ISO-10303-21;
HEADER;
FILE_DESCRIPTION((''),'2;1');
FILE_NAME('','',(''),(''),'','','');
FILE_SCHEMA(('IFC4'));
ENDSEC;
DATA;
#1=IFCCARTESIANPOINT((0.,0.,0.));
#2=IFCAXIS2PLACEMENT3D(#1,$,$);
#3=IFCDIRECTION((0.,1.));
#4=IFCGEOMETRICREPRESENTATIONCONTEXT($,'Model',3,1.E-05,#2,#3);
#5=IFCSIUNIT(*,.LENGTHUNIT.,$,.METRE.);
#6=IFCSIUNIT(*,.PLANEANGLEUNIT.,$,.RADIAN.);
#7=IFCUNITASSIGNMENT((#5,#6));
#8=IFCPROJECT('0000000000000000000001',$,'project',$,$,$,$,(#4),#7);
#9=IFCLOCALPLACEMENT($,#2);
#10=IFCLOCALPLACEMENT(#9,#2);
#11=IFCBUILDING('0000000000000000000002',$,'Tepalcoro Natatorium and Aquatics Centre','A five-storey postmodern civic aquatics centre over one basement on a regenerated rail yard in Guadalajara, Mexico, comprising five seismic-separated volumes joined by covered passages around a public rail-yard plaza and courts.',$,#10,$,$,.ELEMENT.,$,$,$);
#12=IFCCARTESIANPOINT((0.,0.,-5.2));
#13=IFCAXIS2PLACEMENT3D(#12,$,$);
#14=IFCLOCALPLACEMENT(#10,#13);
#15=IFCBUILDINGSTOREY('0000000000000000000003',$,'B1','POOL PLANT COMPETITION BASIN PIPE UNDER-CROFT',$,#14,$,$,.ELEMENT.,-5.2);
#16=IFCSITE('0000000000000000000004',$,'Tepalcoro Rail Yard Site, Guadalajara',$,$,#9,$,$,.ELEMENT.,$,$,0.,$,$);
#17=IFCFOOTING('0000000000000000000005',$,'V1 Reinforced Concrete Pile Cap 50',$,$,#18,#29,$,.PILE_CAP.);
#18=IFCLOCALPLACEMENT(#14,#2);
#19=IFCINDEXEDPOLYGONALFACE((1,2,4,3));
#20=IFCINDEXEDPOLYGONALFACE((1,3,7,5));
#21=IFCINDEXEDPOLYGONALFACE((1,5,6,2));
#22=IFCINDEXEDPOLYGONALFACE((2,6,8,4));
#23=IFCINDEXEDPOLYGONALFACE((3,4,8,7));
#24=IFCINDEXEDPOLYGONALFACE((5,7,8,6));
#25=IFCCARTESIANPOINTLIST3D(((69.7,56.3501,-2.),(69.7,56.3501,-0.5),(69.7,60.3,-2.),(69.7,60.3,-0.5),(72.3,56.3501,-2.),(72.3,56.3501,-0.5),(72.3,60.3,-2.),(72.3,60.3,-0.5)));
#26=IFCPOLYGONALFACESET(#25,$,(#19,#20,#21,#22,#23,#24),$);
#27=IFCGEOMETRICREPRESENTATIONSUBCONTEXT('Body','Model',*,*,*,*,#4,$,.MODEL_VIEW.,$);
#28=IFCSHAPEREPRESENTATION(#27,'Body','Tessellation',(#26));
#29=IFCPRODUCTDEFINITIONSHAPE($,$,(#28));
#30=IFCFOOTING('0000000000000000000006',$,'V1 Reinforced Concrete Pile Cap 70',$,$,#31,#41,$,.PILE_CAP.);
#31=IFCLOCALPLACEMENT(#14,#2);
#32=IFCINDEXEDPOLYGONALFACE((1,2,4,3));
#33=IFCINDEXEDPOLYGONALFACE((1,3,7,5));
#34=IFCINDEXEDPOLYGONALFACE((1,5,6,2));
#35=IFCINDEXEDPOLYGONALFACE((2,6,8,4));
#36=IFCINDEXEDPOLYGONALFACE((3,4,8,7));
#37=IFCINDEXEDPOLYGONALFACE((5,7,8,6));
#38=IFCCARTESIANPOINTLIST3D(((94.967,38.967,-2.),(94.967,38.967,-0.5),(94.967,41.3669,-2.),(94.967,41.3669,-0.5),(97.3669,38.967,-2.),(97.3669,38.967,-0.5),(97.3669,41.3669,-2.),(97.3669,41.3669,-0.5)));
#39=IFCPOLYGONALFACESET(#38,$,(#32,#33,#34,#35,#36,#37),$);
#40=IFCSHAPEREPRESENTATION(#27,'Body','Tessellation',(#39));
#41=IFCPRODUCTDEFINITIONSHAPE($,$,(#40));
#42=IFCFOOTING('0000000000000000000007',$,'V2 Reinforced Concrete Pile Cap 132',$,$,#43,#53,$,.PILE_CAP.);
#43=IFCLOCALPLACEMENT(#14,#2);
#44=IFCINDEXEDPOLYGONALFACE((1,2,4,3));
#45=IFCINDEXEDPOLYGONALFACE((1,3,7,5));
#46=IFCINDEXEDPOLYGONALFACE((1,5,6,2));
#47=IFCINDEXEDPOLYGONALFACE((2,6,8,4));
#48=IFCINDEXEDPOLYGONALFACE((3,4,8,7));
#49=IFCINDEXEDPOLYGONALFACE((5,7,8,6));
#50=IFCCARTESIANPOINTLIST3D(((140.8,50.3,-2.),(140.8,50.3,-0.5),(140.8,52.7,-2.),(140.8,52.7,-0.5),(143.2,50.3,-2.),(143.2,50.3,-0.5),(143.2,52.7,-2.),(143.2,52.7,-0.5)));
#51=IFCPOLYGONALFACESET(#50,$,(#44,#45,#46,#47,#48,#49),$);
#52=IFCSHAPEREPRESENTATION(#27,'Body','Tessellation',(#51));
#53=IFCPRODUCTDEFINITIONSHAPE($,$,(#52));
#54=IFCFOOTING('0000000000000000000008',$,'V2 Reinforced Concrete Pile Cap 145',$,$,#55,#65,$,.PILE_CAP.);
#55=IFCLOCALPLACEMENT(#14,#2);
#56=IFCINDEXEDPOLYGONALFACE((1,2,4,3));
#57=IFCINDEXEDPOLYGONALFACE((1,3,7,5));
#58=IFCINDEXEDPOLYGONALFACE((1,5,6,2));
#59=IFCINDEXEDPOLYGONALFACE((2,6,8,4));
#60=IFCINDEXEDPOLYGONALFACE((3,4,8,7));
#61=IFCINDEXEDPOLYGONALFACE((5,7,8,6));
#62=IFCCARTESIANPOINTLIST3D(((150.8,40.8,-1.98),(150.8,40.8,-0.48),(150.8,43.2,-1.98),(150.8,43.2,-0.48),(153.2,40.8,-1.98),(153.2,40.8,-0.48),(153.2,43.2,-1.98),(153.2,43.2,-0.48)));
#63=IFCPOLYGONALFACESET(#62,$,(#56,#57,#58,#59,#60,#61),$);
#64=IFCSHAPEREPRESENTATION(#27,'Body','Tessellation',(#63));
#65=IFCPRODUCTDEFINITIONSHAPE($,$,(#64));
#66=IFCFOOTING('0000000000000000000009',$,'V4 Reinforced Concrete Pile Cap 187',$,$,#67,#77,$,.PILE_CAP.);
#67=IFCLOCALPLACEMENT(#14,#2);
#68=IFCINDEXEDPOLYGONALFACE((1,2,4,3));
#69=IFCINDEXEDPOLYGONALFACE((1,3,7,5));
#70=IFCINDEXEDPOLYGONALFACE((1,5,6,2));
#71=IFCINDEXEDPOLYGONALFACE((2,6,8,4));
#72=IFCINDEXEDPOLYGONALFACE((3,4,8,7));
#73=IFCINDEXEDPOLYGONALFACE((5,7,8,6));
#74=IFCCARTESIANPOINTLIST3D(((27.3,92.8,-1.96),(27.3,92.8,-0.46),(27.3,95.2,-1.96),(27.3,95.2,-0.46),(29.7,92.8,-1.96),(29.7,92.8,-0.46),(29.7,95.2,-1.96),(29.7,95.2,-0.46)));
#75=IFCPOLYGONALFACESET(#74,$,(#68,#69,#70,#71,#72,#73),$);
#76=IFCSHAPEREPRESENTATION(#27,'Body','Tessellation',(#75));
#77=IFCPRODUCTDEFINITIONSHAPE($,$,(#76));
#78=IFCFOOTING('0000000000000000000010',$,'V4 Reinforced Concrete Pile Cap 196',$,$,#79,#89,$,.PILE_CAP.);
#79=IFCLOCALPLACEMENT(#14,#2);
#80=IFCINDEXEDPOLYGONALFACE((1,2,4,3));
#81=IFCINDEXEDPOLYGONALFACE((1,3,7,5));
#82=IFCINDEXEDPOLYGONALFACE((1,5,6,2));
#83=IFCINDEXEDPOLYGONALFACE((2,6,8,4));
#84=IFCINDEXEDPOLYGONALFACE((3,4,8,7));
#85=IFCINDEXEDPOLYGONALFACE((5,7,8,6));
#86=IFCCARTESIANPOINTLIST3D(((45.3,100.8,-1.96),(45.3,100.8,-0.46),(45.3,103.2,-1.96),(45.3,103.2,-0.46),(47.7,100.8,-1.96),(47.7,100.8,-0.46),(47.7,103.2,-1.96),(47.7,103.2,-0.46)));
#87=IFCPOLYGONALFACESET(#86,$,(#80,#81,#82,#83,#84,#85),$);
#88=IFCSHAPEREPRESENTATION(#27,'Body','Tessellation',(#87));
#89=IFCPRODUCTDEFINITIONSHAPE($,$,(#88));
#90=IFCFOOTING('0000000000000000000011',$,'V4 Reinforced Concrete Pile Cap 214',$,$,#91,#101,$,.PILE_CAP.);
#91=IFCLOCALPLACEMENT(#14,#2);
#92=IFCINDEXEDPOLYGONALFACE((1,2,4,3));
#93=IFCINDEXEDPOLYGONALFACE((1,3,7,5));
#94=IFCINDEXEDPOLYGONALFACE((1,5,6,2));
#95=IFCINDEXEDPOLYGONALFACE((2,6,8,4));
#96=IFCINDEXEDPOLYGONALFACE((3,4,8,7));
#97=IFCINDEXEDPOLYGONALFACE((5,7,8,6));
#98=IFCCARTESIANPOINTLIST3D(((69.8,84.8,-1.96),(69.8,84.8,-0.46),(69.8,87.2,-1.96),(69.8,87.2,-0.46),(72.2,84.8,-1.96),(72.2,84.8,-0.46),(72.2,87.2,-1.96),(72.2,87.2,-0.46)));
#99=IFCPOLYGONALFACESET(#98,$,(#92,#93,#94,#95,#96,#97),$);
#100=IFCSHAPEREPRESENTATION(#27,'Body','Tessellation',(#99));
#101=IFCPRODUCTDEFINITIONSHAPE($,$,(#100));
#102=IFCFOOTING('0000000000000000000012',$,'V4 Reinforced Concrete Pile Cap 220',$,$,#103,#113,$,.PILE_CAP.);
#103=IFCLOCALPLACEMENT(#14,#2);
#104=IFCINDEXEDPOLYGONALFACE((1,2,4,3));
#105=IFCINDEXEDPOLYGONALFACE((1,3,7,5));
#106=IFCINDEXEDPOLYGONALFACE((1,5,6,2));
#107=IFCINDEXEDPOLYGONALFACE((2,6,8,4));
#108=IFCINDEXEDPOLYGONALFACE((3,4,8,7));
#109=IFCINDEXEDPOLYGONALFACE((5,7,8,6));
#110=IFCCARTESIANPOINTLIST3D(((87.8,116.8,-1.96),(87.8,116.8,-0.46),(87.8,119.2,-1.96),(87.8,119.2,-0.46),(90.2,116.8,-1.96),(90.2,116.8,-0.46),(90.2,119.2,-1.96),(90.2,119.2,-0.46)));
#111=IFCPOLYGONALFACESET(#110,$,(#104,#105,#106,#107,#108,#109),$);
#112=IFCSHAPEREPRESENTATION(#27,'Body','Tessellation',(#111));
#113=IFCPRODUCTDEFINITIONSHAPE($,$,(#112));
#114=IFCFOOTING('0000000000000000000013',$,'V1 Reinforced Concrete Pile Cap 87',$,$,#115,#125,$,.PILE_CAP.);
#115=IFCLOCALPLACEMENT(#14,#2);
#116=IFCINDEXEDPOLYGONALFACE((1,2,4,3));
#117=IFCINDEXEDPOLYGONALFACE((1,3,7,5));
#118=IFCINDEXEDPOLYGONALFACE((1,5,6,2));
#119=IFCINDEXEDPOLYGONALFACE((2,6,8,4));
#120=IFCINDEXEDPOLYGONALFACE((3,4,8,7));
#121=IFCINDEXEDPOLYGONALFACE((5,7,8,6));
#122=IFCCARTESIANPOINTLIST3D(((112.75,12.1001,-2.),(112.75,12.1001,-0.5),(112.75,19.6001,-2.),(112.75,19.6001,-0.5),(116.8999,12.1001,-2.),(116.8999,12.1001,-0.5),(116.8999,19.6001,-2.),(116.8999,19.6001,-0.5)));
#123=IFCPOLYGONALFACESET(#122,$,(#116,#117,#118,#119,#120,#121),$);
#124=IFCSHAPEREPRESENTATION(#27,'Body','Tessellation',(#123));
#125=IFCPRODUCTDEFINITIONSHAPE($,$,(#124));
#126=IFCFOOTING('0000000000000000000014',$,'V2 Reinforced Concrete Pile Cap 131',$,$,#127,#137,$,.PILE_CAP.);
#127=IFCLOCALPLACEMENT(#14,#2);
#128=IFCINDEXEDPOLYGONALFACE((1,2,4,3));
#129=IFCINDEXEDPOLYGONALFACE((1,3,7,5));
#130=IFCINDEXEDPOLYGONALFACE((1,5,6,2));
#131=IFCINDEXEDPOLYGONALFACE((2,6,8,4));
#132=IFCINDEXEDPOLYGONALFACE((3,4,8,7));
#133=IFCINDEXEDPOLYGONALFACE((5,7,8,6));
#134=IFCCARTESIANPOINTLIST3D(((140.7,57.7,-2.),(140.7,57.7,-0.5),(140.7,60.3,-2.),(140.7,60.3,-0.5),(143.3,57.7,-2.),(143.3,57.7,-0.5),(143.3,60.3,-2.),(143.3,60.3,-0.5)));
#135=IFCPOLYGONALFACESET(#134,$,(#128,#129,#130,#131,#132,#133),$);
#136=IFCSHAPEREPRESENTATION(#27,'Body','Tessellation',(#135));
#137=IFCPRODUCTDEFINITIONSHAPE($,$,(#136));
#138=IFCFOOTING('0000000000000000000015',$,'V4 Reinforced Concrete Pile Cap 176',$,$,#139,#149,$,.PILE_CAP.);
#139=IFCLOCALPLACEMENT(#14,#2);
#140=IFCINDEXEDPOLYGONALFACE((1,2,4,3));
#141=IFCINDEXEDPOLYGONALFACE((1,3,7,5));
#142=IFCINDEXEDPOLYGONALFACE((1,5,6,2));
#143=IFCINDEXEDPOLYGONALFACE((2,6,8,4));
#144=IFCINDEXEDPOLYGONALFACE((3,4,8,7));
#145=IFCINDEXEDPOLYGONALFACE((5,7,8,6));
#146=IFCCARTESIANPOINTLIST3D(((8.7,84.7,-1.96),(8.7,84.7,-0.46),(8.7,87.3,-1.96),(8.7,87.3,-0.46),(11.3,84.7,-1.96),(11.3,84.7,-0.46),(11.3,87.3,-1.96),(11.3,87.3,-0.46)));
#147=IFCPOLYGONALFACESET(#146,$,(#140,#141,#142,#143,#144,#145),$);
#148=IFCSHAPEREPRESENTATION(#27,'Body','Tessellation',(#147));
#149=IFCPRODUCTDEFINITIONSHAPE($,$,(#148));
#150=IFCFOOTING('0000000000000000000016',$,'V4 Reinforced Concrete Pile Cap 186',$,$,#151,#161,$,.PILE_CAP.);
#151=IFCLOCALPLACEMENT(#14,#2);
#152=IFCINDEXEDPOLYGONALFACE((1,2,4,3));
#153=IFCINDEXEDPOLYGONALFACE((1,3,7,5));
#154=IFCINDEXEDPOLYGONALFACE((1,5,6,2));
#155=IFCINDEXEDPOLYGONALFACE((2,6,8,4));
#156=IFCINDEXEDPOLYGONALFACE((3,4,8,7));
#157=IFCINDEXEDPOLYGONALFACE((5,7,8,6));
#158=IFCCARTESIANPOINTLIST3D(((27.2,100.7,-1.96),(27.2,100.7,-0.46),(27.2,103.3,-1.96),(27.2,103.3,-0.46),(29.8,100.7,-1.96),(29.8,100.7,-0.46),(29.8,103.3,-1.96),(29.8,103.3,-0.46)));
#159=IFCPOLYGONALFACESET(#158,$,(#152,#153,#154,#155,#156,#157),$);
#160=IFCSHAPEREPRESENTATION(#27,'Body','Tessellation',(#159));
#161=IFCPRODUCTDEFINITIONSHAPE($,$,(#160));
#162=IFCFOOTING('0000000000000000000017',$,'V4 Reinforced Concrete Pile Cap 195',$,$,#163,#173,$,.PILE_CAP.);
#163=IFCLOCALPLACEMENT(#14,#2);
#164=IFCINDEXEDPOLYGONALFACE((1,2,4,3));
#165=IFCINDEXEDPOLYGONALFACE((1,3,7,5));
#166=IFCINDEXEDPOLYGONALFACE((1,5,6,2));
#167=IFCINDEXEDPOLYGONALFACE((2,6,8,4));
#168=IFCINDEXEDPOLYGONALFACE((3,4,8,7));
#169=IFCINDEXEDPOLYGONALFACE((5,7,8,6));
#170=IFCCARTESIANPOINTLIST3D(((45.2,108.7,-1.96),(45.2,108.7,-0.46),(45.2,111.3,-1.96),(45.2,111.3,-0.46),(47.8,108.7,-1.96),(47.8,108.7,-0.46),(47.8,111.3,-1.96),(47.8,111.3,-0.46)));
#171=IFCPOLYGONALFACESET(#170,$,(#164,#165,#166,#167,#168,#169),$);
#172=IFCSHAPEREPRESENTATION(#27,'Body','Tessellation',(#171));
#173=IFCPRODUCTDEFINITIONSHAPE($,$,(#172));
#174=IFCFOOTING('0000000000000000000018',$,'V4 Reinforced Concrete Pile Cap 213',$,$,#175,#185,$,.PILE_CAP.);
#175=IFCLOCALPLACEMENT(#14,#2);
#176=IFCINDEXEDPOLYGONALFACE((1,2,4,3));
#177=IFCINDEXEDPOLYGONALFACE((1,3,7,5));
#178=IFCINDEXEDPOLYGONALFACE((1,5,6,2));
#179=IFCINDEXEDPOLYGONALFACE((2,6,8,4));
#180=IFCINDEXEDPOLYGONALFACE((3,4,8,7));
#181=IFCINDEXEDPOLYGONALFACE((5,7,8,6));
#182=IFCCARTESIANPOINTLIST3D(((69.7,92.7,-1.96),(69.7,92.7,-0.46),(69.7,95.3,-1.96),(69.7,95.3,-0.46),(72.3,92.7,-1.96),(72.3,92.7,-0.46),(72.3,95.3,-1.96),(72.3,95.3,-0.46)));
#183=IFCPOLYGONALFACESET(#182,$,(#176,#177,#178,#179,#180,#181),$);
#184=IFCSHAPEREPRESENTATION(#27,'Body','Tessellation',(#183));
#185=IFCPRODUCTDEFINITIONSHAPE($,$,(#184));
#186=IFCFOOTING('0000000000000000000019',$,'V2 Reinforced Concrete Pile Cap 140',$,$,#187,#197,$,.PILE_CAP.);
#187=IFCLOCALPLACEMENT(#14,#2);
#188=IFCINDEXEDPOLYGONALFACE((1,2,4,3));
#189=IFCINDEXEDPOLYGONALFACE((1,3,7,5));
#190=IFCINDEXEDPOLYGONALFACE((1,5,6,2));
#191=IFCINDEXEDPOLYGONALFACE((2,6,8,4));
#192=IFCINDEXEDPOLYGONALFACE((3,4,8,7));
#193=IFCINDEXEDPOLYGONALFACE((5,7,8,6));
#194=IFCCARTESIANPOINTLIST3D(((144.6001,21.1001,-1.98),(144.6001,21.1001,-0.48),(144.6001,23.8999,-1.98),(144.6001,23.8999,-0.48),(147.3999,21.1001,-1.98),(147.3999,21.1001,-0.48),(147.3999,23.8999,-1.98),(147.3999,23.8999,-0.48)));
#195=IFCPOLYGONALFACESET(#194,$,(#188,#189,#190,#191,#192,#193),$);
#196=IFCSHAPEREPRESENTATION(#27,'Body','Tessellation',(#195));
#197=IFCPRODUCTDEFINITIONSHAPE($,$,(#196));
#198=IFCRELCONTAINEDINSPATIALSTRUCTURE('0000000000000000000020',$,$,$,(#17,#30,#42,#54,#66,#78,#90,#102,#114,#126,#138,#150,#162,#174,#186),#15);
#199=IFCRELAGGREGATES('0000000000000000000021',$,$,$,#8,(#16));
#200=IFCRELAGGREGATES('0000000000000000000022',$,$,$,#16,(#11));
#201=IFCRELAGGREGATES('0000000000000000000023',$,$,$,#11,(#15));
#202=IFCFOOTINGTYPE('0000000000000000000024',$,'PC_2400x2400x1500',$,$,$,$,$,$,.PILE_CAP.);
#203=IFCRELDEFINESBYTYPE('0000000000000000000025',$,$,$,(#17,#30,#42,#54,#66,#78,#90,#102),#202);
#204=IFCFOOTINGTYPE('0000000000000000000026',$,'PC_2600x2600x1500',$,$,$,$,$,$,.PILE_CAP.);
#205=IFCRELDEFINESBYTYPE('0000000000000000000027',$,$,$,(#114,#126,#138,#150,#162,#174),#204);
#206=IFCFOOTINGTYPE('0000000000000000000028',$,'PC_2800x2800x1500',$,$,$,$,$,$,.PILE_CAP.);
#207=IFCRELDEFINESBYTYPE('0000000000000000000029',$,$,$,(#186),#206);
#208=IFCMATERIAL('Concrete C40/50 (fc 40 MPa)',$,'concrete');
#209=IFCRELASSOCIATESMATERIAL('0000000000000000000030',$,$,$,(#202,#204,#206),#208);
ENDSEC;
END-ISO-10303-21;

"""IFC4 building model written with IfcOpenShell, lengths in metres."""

from ifc_helpers import new_model, si_unit, direction, frame, origin, place, context, subcontext, project, spatial, polyline, outline, extrude, material, type_object, element, save


model = new_model("IFC4")

# Units and contexts
model_context = context("Model", 3, precision=1e-05, world=origin(), true_north=direction((0.0, 1.0)))
body_context = subcontext(model_context, "Body", "Model", "MODEL_VIEW")
ifc_project = project(units=[si_unit("LENGTHUNIT", "METRE"), si_unit("PLANEANGLEUNIT", "RADIAN")], contexts=[model_context])

# Site, building, storey
site_placement = place(None, origin())
site = spatial("IfcSite", under=ifc_project, at=site_placement, Name="Tepalcoro Rail Yard Site, Guadalajara", CompositionType="ELEMENT", RefElevation=0.0)
building_placement = place(site_placement, origin())
building = spatial("IfcBuilding", under=site, at=building_placement, Name="Tepalcoro Natatorium and Aquatics Centre", Description="A five-storey postmodern civic aquatics centre over one basement on a regenerated rail yard in Guadalajara, Mexico, comprising five seismic-separated volumes joined by covered passages around a public rail-yard plaza and courts.", CompositionType="ELEMENT")
storey_placement = place(building_placement, frame((0.0, 0.0, -5.2)))
storey = spatial("IfcBuildingStorey", under=building, at=storey_placement, Name="B1", Description="POOL PLANT COMPETITION BASIN PIPE UNDER-CROFT", CompositionType="ELEMENT", Elevation=-5.2)

# Footings
ifc_material = material(Name="Concrete C40/50 (fc 40 MPa)", Category="concrete")
footing_type_1 = type_object("IfcFootingType", Name="PC_2400x2400x1500", PredefinedType="PILE_CAP", material=ifc_material)
footing_1_placement = place(storey_placement, frame((0.0, 0.0, -2.0)))
element("IfcFooting", 1, at=footing_1_placement, inside=storey, type_object=footing_type_1, Name="V1 Reinforced Concrete Pile Cap 50", PredefinedType="PILE_CAP", context=body_context, shape_type="SweptSolid", body=[
    extrude(outline(polyline([(69.7, 56.3501), (72.3, 56.3501), (72.3, 60.3), (69.7, 60.3), (69.7, 56.3501)])), origin(), (0.0, 0.0, 1.0), 1.5),
])
footing_2_placement = place(storey_placement, frame((0.0, 0.0, -2.0)))
element("IfcFooting", 2, at=footing_2_placement, inside=storey, type_object=footing_type_1, Name="V1 Reinforced Concrete Pile Cap 70", PredefinedType="PILE_CAP", context=body_context, shape_type="SweptSolid", body=[
    extrude(outline(polyline([(94.967, 38.967), (97.3669, 38.967), (97.3669, 41.3669), (94.967, 41.3669), (94.967, 38.967)])), origin(), (0.0, 0.0, 1.0), 1.5),
])
footing_3_placement = place(storey_placement, frame((0.0, 0.0, -2.0)))
element("IfcFooting", 3, at=footing_3_placement, inside=storey, type_object=footing_type_1, Name="V2 Reinforced Concrete Pile Cap 132", PredefinedType="PILE_CAP", context=body_context, shape_type="SweptSolid", body=[
    extrude(outline(polyline([(140.8, 50.3), (143.2, 50.3), (143.2, 52.7), (140.8, 52.7), (140.8, 50.3)])), origin(), (0.0, 0.0, 1.0), 1.5),
])
footing_4_placement = place(storey_placement, frame((0.0, 0.0, -1.98)))
element("IfcFooting", 4, at=footing_4_placement, inside=storey, type_object=footing_type_1, Name="V2 Reinforced Concrete Pile Cap 145", PredefinedType="PILE_CAP", context=body_context, shape_type="SweptSolid", body=[
    extrude(outline(polyline([(150.8, 40.8), (153.2, 40.8), (153.2, 43.2), (150.8, 43.2), (150.8, 40.8)])), origin(), (0.0, 0.0, 1.0), 1.5),
])
footing_5_placement = place(storey_placement, frame((0.0, 0.0, -1.96)))
element("IfcFooting", 5, at=footing_5_placement, inside=storey, type_object=footing_type_1, Name="V4 Reinforced Concrete Pile Cap 187", PredefinedType="PILE_CAP", context=body_context, shape_type="SweptSolid", body=[
    extrude(outline(polyline([(27.3, 92.8), (29.7, 92.8), (29.7, 95.2), (27.3, 95.2), (27.3, 92.8)])), origin(), (0.0, 0.0, 1.0), 1.5),
])
footing_6_placement = place(storey_placement, frame((0.0, 0.0, -1.96)))
element("IfcFooting", 6, at=footing_6_placement, inside=storey, type_object=footing_type_1, Name="V4 Reinforced Concrete Pile Cap 196", PredefinedType="PILE_CAP", context=body_context, shape_type="SweptSolid", body=[
    extrude(outline(polyline([(45.3, 100.8), (47.7, 100.8), (47.7, 103.2), (45.3, 103.2), (45.3, 100.8)])), origin(), (0.0, 0.0, 1.0), 1.5),
])
footing_7_placement = place(storey_placement, frame((0.0, 0.0, -1.96)))
element("IfcFooting", 7, at=footing_7_placement, inside=storey, type_object=footing_type_1, Name="V4 Reinforced Concrete Pile Cap 214", PredefinedType="PILE_CAP", context=body_context, shape_type="SweptSolid", body=[
    extrude(outline(polyline([(69.8, 84.8), (72.2, 84.8), (72.2, 87.2), (69.8, 87.2), (69.8, 84.8)])), origin(), (0.0, 0.0, 1.0), 1.5),
])
footing_8_placement = place(storey_placement, frame((0.0, 0.0, -1.96)))
element("IfcFooting", 8, at=footing_8_placement, inside=storey, type_object=footing_type_1, Name="V4 Reinforced Concrete Pile Cap 220", PredefinedType="PILE_CAP", context=body_context, shape_type="SweptSolid", body=[
    extrude(outline(polyline([(87.8, 116.8), (90.2, 116.8), (90.2, 119.2), (87.8, 119.2), (87.8, 116.8)])), origin(), (0.0, 0.0, 1.0), 1.5),
])
footing_type_2 = type_object("IfcFootingType", Name="PC_2600x2600x1500", PredefinedType="PILE_CAP", material=ifc_material)
footing_9_placement = place(storey_placement, frame((0.0, 0.0, -2.0)))
element("IfcFooting", 9, at=footing_9_placement, inside=storey, type_object=footing_type_2, Name="V1 Reinforced Concrete Pile Cap 87", PredefinedType="PILE_CAP", context=body_context, shape_type="SweptSolid", body=[
    extrude(outline(polyline([(112.75, 12.1001), (116.8999, 12.1001), (116.8999, 19.6001), (112.75, 19.6001), (112.75, 12.1001)])), origin(), (0.0, 0.0, 1.0), 1.5),
])
footing_10_placement = place(storey_placement, frame((0.0, 0.0, -2.0)))
element("IfcFooting", 10, at=footing_10_placement, inside=storey, type_object=footing_type_2, Name="V2 Reinforced Concrete Pile Cap 131", PredefinedType="PILE_CAP", context=body_context, shape_type="SweptSolid", body=[
    extrude(outline(polyline([(140.7, 57.7), (143.3, 57.7), (143.3, 60.3), (140.7, 60.3), (140.7, 57.7)])), origin(), (0.0, 0.0, 1.0), 1.5),
])
footing_11_placement = place(storey_placement, frame((0.0, 0.0, -1.96)))
element("IfcFooting", 11, at=footing_11_placement, inside=storey, type_object=footing_type_2, Name="V4 Reinforced Concrete Pile Cap 176", PredefinedType="PILE_CAP", context=body_context, shape_type="SweptSolid", body=[
    extrude(outline(polyline([(8.7, 84.7), (11.3, 84.7), (11.3, 87.3), (8.7, 87.3), (8.7, 84.7)])), origin(), (0.0, 0.0, 1.0), 1.5),
])
footing_12_placement = place(storey_placement, frame((0.0, 0.0, -1.96)))
element("IfcFooting", 12, at=footing_12_placement, inside=storey, type_object=footing_type_2, Name="V4 Reinforced Concrete Pile Cap 186", PredefinedType="PILE_CAP", context=body_context, shape_type="SweptSolid", body=[
    extrude(outline(polyline([(27.2, 100.7), (29.8, 100.7), (29.8, 103.3), (27.2, 103.3), (27.2, 100.7)])), origin(), (0.0, 0.0, 1.0), 1.5),
])
footing_13_placement = place(storey_placement, frame((0.0, 0.0, -1.96)))
element("IfcFooting", 13, at=footing_13_placement, inside=storey, type_object=footing_type_2, Name="V4 Reinforced Concrete Pile Cap 195", PredefinedType="PILE_CAP", context=body_context, shape_type="SweptSolid", body=[
    extrude(outline(polyline([(45.2, 108.7), (47.8, 108.7), (47.8, 111.3), (45.2, 111.3), (45.2, 108.7)])), origin(), (0.0, 0.0, 1.0), 1.5),
])
footing_14_placement = place(storey_placement, frame((0.0, 0.0, -1.96)))
element("IfcFooting", 14, at=footing_14_placement, inside=storey, type_object=footing_type_2, Name="V4 Reinforced Concrete Pile Cap 213", PredefinedType="PILE_CAP", context=body_context, shape_type="SweptSolid", body=[
    extrude(outline(polyline([(69.7, 92.7), (72.3, 92.7), (72.3, 95.3), (69.7, 95.3), (69.7, 92.7)])), origin(), (0.0, 0.0, 1.0), 1.5),
])
footing_type_3 = type_object("IfcFootingType", Name="PC_2800x2800x1500", PredefinedType="PILE_CAP", material=ifc_material)
footing_15_placement = place(storey_placement, frame((0.0, 0.0, -1.98)))
element("IfcFooting", 15, at=footing_15_placement, inside=storey, type_object=footing_type_3, Name="V2 Reinforced Concrete Pile Cap 140", PredefinedType="PILE_CAP", context=body_context, shape_type="SweptSolid", body=[
    extrude(outline(polyline([(144.6001, 21.1001), (147.3999, 21.1001), (147.3999, 23.8999), (144.6001, 23.8999), (144.6001, 21.1001)])), origin(), (0.0, 0.0, 1.0), 1.5),
])

save(model, "model.ifc")
